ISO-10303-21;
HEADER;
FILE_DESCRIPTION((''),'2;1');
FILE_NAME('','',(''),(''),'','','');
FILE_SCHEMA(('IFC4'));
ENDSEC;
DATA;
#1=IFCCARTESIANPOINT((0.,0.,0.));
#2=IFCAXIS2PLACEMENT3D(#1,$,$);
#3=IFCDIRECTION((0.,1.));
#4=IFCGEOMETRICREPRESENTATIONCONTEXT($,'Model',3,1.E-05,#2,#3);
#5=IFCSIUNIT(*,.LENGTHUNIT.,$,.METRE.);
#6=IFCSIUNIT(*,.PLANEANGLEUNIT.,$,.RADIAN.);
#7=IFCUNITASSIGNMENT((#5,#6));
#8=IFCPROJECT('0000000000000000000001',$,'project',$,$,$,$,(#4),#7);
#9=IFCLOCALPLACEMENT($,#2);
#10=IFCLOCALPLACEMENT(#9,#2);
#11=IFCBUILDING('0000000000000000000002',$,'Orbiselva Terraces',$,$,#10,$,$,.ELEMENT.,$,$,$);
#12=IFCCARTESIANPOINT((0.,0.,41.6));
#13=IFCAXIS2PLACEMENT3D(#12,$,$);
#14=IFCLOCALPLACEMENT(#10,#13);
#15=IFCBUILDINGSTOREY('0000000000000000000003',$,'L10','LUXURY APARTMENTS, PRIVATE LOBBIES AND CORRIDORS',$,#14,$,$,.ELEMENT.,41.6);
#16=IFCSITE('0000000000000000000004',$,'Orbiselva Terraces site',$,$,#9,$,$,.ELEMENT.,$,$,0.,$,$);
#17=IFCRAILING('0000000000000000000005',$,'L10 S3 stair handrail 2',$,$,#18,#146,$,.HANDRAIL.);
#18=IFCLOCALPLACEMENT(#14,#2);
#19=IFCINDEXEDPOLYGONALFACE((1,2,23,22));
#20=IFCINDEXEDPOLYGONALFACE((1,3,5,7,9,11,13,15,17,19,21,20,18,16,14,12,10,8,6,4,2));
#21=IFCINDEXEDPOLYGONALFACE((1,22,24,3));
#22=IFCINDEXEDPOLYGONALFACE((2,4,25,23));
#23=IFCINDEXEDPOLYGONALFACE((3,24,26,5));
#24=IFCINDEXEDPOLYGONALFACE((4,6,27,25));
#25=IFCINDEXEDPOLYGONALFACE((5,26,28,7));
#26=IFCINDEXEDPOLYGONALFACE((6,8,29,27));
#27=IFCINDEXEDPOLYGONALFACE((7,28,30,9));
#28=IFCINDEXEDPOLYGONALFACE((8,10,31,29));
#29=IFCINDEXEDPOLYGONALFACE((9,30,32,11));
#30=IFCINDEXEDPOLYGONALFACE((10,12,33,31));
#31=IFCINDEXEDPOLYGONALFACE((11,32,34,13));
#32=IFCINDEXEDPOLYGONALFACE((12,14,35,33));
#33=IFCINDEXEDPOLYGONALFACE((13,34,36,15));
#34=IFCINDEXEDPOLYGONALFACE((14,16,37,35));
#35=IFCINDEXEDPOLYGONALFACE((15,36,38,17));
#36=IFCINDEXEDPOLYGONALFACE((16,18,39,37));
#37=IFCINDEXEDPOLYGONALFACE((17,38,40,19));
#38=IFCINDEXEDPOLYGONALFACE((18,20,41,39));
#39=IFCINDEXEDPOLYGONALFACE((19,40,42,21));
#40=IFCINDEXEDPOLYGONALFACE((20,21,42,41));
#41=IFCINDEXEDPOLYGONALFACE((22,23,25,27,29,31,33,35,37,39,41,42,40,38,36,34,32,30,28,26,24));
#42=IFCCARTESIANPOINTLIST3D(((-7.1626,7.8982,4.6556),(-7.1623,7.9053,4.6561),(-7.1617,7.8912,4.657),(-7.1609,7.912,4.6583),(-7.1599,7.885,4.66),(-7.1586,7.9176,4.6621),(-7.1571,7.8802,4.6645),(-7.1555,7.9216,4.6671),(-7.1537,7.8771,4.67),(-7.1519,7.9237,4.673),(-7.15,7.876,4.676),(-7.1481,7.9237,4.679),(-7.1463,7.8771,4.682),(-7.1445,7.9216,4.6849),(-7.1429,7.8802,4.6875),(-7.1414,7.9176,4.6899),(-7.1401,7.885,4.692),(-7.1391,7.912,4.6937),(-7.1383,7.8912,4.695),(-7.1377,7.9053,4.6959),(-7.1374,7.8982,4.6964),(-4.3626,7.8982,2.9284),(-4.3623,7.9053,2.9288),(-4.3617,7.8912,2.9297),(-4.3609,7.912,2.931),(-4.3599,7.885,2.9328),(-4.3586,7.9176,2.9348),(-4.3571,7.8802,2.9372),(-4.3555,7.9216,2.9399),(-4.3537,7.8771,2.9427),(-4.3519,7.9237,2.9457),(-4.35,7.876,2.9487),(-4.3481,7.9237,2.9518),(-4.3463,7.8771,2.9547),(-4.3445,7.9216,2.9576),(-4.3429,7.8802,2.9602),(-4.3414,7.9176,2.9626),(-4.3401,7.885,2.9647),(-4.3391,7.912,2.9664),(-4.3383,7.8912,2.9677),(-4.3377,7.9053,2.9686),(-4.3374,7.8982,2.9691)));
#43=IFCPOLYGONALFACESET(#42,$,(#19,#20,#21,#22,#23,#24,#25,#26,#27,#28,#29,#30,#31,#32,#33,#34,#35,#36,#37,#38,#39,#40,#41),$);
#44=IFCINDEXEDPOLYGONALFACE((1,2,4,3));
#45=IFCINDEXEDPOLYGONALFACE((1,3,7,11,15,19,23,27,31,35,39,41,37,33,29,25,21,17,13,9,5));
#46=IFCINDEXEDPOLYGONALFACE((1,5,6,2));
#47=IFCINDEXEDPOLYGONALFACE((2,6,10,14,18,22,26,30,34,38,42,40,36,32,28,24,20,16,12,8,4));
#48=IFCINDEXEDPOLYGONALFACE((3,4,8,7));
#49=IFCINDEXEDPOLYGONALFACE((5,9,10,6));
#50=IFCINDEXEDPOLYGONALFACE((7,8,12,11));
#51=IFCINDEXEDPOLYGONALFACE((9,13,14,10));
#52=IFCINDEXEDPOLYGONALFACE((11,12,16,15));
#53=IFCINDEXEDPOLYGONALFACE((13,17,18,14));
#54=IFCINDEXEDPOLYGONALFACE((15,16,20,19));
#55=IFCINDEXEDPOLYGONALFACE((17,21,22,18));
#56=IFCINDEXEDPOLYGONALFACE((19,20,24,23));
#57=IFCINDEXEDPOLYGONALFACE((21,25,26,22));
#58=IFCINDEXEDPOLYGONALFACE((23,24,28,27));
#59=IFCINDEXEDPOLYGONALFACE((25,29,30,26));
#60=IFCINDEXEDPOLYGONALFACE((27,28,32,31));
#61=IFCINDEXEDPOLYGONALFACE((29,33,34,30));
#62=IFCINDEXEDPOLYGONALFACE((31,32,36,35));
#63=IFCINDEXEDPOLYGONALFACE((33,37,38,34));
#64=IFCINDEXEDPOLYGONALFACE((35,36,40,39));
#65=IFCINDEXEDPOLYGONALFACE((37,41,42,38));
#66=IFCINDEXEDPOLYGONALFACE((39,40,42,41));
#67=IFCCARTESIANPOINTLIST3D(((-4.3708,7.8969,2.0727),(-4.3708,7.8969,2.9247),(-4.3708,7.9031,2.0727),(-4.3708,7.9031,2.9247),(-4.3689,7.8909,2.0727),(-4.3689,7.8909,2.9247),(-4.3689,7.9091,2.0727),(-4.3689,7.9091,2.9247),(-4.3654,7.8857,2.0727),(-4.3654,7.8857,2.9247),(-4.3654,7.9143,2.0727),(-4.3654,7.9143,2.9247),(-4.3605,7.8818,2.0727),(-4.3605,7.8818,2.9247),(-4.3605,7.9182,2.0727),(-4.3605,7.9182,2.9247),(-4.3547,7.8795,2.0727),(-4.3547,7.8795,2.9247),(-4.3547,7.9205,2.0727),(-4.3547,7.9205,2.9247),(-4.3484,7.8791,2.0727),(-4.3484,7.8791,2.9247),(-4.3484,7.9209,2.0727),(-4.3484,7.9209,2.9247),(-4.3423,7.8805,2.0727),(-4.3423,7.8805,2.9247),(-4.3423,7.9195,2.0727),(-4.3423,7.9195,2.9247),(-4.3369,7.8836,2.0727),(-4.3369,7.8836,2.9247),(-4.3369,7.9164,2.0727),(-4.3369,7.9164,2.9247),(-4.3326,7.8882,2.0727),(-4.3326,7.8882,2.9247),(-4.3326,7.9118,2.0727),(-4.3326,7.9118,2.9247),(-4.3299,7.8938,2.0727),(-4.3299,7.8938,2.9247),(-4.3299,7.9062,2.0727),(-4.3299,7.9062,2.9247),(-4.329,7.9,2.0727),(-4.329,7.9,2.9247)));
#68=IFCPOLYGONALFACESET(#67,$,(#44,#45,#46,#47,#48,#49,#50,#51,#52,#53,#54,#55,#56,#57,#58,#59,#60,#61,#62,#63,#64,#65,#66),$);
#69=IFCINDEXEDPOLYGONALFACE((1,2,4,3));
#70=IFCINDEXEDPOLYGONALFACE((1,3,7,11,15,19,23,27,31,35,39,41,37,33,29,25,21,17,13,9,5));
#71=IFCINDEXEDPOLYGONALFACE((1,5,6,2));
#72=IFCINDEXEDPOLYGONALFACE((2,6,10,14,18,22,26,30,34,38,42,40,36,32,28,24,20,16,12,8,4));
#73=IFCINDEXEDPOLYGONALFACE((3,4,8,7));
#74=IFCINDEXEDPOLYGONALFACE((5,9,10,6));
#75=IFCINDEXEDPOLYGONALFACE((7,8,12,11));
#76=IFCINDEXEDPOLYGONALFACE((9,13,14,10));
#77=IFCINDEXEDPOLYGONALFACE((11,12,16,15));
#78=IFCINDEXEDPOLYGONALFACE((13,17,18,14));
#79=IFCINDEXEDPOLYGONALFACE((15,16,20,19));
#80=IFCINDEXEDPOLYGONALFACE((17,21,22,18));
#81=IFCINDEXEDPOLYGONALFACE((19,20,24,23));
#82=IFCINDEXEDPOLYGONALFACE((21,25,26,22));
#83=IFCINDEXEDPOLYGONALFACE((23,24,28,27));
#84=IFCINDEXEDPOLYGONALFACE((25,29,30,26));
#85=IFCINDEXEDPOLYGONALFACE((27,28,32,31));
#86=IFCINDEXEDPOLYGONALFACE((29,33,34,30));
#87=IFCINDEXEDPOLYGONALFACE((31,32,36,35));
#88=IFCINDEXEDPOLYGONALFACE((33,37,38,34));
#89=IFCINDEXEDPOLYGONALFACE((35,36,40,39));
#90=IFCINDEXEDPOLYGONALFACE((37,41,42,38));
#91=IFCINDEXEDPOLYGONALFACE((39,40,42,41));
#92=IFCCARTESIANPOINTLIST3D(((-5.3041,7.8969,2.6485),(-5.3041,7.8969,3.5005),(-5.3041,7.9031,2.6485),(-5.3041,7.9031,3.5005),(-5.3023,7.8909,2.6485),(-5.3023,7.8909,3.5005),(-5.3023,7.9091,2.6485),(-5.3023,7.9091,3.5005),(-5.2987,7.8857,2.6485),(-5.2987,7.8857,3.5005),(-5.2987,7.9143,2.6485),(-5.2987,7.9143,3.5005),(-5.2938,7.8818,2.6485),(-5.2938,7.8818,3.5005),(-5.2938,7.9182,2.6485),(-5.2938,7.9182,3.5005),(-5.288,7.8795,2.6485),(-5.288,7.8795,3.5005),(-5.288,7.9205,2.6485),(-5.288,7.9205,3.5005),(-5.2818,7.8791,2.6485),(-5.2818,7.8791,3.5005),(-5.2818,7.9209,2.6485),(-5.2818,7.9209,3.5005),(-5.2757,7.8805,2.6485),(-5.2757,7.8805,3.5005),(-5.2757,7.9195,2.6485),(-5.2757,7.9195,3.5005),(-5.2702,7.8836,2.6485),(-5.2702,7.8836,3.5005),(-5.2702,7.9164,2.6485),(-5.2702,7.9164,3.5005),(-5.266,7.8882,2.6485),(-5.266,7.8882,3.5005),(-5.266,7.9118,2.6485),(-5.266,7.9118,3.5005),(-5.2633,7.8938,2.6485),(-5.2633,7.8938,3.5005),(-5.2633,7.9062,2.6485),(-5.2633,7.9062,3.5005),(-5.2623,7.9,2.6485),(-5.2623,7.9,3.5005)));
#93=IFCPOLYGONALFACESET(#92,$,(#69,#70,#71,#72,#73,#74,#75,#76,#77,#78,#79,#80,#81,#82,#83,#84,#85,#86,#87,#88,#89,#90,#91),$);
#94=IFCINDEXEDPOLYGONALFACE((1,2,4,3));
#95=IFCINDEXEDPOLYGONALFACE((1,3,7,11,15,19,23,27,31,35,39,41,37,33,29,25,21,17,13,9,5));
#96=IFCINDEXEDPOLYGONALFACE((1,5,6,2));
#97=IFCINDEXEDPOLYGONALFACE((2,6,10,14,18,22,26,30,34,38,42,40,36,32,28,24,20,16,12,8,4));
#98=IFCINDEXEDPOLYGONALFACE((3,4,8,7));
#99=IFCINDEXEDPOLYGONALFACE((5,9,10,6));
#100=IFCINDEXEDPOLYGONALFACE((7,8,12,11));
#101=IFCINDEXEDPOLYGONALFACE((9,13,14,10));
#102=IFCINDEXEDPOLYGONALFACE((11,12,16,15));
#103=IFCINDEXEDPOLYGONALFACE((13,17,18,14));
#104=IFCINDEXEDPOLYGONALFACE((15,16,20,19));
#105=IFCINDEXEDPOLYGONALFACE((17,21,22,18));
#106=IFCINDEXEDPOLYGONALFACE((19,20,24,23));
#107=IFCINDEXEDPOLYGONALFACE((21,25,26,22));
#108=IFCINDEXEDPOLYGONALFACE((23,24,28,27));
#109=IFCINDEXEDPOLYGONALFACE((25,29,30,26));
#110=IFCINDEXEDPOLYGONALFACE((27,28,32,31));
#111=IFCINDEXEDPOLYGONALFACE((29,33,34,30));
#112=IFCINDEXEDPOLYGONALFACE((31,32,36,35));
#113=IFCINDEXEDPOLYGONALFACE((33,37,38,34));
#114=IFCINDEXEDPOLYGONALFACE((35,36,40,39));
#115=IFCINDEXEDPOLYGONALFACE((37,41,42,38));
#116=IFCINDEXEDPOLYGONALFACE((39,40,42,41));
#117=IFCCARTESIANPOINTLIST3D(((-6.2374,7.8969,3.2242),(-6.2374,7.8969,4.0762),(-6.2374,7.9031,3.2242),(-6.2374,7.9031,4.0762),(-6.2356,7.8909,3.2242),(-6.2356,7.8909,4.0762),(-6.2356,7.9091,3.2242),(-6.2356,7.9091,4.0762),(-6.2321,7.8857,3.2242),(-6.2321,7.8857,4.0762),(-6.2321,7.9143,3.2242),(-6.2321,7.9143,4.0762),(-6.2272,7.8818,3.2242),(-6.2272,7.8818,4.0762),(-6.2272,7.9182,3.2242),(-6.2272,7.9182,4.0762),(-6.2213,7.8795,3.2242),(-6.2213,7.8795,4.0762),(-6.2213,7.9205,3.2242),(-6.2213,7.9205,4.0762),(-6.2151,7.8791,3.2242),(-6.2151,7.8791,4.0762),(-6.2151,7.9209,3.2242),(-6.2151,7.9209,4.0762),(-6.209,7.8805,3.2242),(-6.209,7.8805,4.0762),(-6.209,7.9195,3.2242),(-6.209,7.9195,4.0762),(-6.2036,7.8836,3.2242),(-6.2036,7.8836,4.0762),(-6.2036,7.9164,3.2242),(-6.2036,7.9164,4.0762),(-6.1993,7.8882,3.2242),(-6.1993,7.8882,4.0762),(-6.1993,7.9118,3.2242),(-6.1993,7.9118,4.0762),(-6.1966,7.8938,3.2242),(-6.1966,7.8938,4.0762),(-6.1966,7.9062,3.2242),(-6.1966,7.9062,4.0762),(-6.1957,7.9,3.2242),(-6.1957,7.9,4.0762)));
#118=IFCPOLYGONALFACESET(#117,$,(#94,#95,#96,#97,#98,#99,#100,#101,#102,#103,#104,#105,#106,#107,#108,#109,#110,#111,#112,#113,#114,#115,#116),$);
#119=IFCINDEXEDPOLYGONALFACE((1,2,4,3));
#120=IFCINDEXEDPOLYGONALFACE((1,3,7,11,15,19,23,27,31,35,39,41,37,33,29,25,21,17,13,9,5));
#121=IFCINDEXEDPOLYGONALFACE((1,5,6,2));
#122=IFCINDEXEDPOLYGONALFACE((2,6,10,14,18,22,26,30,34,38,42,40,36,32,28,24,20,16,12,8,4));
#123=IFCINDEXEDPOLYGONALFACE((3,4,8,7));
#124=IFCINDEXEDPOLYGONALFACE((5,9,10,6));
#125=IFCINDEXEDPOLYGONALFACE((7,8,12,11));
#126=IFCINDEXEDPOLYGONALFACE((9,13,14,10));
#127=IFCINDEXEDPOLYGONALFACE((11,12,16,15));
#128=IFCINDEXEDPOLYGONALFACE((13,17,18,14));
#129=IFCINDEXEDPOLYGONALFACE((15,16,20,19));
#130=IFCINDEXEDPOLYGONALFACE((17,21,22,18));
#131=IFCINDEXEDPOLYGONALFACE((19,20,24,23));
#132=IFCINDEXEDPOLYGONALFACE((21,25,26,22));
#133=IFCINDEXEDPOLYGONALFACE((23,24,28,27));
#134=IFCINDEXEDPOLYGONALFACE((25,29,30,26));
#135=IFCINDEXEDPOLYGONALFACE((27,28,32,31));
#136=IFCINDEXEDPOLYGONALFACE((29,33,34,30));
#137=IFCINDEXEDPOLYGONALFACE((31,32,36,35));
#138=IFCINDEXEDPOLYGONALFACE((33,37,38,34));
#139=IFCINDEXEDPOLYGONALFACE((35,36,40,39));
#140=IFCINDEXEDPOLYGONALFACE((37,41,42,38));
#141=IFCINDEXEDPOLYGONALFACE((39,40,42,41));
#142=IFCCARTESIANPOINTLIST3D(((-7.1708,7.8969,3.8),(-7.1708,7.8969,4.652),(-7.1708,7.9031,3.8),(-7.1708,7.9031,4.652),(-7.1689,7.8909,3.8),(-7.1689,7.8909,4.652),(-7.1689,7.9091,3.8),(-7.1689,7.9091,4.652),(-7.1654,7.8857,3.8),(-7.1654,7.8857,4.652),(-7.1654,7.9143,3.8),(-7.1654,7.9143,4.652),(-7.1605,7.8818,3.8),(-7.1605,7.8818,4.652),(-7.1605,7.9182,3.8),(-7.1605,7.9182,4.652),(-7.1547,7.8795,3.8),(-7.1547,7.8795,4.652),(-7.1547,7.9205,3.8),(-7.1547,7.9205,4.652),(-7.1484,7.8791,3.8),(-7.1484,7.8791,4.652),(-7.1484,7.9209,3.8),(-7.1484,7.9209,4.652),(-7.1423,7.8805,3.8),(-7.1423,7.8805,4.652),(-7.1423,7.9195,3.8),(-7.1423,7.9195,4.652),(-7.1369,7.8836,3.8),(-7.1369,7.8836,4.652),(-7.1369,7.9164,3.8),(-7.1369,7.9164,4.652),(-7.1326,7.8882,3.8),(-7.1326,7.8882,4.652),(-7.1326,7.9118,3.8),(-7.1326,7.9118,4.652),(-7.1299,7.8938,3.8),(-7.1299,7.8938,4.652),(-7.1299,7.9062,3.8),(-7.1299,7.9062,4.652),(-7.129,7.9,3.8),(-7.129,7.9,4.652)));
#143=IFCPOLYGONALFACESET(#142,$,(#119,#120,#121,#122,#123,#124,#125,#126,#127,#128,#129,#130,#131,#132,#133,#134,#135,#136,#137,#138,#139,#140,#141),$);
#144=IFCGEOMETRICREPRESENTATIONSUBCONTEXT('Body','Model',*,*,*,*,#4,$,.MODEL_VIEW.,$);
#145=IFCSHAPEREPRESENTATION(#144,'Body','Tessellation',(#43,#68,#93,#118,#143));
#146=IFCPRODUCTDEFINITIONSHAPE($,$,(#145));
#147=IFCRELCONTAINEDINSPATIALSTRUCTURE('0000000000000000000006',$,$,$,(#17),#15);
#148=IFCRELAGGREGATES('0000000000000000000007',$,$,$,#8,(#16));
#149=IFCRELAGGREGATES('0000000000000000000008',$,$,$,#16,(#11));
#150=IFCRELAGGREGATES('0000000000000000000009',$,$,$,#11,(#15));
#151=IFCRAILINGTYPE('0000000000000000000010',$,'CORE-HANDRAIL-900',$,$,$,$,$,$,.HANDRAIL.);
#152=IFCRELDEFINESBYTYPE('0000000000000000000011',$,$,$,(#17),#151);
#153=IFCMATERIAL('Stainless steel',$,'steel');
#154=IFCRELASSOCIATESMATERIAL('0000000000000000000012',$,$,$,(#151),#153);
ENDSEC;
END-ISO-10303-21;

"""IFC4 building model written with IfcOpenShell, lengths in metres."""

from ifc_helpers import new_model, si_unit, direction, frame, origin, origin_2d, place, context, subcontext, project, spatial, circle, extrude, material, type_object, element, save


model = new_model("IFC4")

# Units and contexts
model_context = context("Model", 3, precision=1e-05, world=origin(), true_north=direction((0.0, 1.0)))
body_context = subcontext(model_context, "Body", "Model", "MODEL_VIEW")
ifc_project = project(units=[si_unit("LENGTHUNIT", "METRE"), si_unit("PLANEANGLEUNIT", "RADIAN")], contexts=[model_context])

# Site, building, storey
site_placement = place(None, origin())
site = spatial("IfcSite", under=ifc_project, at=site_placement, Name="Orbiselva Terraces site", CompositionType="ELEMENT", RefElevation=0.0)
building_placement = place(site_placement, origin())
building = spatial("IfcBuilding", under=site, at=building_placement, Name="Orbiselva Terraces", CompositionType="ELEMENT")
storey_placement = place(building_placement, frame((0.0, 0.0, 41.6)))
storey = spatial("IfcBuildingStorey", under=building, at=storey_placement, Name="L10", Description="LUXURY APARTMENTS, PRIVATE LOBBIES AND CORRIDORS", CompositionType="ELEMENT", Elevation=41.6)

# Railing
ifc_material_1 = material(Name="Stainless steel", Category="steel")
railing_type_1 = type_object("IfcRailingType", Name="CORE-HANDRAIL-900", PredefinedType="HANDRAIL", material=ifc_material_1)
railing_1_placement = place(storey_placement, frame((-4.35, 7.9, 2.0727)))
element("IfcRailing", 1, at=railing_1_placement, inside=storey, type_object=railing_type_1, Name="L10 S3 stair handrail 2", PredefinedType="HANDRAIL", context=body_context, shape_type="SweptSolid", body=[
    extrude(circle(Radius=0.024, at=origin_2d()), frame((0.0, 0.0, 0.876), z_axis=(-0.851089, 0.0, 0.525022), x_axis=(0.0, -1.0, 0.0)), (0.0, 0.0, 1.0), 3.2899),
    extrude(circle(Radius=0.021, at=origin_2d()), origin(), (0.0, 0.0, 1.0), 0.852),
    extrude(circle(Radius=0.021, at=origin_2d()), frame((-0.9333, 0.0, 0.5758)), (0.0, 0.0, 1.0), 0.852),
    extrude(circle(Radius=0.021, at=origin_2d()), frame((-1.8667, 0.0, 1.1515)), (0.0, 0.0, 1.0), 0.852),
    extrude(circle(Radius=0.021, at=origin_2d()), frame((-2.8, 0.0, 1.7273)), (0.0, 0.0, 1.0), 0.852),
])

save(model, "model.ifc")
